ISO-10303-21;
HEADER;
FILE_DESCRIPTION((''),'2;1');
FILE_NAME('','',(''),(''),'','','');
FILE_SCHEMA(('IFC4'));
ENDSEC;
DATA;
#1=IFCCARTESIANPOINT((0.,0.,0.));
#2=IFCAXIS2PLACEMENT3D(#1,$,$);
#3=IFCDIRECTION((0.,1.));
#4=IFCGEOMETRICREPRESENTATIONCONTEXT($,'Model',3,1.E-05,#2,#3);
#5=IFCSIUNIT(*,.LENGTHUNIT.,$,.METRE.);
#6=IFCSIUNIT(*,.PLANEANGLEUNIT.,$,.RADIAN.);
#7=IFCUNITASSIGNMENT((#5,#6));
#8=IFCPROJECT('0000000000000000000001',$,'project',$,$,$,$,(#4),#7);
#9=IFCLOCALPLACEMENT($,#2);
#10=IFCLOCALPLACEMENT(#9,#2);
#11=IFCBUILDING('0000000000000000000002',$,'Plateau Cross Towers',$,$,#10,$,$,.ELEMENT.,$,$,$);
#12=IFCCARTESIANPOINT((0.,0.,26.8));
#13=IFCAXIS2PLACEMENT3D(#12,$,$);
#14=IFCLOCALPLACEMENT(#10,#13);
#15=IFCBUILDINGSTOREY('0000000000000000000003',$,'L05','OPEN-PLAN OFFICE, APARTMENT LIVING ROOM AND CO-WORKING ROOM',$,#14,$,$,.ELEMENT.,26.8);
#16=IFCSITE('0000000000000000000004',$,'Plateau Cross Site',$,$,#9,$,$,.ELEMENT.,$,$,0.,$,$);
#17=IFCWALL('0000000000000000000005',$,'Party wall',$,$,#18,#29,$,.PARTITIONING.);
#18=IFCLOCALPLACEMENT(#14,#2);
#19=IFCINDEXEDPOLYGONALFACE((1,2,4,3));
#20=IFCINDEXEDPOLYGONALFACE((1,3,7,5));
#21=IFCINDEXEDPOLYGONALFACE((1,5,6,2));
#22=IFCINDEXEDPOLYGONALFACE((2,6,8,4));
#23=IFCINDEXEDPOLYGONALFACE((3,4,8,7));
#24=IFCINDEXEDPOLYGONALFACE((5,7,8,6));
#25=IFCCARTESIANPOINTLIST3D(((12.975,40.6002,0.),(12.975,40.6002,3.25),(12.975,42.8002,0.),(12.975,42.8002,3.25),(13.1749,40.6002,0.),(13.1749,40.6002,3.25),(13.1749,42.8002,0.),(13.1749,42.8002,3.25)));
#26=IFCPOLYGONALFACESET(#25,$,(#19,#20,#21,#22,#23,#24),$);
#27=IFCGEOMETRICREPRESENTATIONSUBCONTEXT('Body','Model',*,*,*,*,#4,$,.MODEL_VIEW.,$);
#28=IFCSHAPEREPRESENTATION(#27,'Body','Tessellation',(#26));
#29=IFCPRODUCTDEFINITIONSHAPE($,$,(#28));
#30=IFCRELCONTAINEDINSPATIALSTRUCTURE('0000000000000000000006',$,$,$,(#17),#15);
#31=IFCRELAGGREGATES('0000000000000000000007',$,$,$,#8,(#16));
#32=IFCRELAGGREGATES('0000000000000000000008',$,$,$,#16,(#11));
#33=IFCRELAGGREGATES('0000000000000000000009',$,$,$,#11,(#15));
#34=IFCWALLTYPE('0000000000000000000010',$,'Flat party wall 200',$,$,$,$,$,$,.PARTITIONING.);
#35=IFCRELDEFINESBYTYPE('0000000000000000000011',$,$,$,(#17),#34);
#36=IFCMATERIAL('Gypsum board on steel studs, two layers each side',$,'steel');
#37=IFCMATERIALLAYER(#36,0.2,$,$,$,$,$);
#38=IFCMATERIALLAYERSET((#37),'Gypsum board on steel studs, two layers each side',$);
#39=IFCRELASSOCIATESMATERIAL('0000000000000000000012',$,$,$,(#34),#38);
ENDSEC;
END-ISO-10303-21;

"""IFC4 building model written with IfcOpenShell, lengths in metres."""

from ifc_helpers import new_model, si_unit, direction, frame, frame_2d, origin, place, context, subcontext, project, spatial, rectangle, extrude, material, layer, layer_set, type_object, element, save


model = new_model("IFC4")

# Units and contexts
model_context = context("Model", 3, precision=1e-05, world=origin(), true_north=direction((0.0, 1.0)))
body_context = subcontext(model_context, "Body", "Model", "MODEL_VIEW")
ifc_project = project(units=[si_unit("LENGTHUNIT", "METRE"), si_unit("PLANEANGLEUNIT", "RADIAN")], contexts=[model_context])

# Site, building, storey
site_placement = place(None, origin())
site = spatial("IfcSite", under=ifc_project, at=site_placement, Name="Plateau Cross Site", CompositionType="ELEMENT", RefElevation=0.0)
building_placement = place(site_placement, origin())
building = spatial("IfcBuilding", under=site, at=building_placement, Name="Plateau Cross Towers", CompositionType="ELEMENT")
storey_placement = place(building_placement, frame((0.0, 0.0, 26.8)))
storey = spatial("IfcBuildingStorey", under=building, at=storey_placement, Name="L05", Description="OPEN-PLAN OFFICE, APARTMENT LIVING ROOM AND CO-WORKING ROOM", CompositionType="ELEMENT", Elevation=26.8)

# Wall
ifc_material_1 = material(Name="Gypsum board on steel studs, two layers each side", Category="steel")
ifc_layer_1 = layer(ifc_material_1, 0.2)
ifc_layer_set_1 = layer_set([ifc_layer_1], Name="Gypsum board on steel studs, two layers each side")
wall_type_1 = type_object("IfcWallType", Name="Flat party wall 200", PredefinedType="PARTITIONING", material=ifc_layer_set_1)
wall_1_placement = place(storey_placement, frame((13.075, 40.6001, 0.0), z_axis=(0.0, 0.0, 1.0), x_axis=(0.0, 1.0, 0.0)))
element("IfcWall", 1, at=wall_1_placement, inside=storey, type_object=wall_type_1, Name="Party wall", PredefinedType="PARTITIONING", context=body_context, shape_type="SweptSolid", body=[
    extrude(rectangle(XDim=2.2, YDim=0.2, at=frame_2d((1.1001, 0.0))), origin(), (0.0, 0.0, 1.0), 3.25),
])

save(model, "model.ifc")
